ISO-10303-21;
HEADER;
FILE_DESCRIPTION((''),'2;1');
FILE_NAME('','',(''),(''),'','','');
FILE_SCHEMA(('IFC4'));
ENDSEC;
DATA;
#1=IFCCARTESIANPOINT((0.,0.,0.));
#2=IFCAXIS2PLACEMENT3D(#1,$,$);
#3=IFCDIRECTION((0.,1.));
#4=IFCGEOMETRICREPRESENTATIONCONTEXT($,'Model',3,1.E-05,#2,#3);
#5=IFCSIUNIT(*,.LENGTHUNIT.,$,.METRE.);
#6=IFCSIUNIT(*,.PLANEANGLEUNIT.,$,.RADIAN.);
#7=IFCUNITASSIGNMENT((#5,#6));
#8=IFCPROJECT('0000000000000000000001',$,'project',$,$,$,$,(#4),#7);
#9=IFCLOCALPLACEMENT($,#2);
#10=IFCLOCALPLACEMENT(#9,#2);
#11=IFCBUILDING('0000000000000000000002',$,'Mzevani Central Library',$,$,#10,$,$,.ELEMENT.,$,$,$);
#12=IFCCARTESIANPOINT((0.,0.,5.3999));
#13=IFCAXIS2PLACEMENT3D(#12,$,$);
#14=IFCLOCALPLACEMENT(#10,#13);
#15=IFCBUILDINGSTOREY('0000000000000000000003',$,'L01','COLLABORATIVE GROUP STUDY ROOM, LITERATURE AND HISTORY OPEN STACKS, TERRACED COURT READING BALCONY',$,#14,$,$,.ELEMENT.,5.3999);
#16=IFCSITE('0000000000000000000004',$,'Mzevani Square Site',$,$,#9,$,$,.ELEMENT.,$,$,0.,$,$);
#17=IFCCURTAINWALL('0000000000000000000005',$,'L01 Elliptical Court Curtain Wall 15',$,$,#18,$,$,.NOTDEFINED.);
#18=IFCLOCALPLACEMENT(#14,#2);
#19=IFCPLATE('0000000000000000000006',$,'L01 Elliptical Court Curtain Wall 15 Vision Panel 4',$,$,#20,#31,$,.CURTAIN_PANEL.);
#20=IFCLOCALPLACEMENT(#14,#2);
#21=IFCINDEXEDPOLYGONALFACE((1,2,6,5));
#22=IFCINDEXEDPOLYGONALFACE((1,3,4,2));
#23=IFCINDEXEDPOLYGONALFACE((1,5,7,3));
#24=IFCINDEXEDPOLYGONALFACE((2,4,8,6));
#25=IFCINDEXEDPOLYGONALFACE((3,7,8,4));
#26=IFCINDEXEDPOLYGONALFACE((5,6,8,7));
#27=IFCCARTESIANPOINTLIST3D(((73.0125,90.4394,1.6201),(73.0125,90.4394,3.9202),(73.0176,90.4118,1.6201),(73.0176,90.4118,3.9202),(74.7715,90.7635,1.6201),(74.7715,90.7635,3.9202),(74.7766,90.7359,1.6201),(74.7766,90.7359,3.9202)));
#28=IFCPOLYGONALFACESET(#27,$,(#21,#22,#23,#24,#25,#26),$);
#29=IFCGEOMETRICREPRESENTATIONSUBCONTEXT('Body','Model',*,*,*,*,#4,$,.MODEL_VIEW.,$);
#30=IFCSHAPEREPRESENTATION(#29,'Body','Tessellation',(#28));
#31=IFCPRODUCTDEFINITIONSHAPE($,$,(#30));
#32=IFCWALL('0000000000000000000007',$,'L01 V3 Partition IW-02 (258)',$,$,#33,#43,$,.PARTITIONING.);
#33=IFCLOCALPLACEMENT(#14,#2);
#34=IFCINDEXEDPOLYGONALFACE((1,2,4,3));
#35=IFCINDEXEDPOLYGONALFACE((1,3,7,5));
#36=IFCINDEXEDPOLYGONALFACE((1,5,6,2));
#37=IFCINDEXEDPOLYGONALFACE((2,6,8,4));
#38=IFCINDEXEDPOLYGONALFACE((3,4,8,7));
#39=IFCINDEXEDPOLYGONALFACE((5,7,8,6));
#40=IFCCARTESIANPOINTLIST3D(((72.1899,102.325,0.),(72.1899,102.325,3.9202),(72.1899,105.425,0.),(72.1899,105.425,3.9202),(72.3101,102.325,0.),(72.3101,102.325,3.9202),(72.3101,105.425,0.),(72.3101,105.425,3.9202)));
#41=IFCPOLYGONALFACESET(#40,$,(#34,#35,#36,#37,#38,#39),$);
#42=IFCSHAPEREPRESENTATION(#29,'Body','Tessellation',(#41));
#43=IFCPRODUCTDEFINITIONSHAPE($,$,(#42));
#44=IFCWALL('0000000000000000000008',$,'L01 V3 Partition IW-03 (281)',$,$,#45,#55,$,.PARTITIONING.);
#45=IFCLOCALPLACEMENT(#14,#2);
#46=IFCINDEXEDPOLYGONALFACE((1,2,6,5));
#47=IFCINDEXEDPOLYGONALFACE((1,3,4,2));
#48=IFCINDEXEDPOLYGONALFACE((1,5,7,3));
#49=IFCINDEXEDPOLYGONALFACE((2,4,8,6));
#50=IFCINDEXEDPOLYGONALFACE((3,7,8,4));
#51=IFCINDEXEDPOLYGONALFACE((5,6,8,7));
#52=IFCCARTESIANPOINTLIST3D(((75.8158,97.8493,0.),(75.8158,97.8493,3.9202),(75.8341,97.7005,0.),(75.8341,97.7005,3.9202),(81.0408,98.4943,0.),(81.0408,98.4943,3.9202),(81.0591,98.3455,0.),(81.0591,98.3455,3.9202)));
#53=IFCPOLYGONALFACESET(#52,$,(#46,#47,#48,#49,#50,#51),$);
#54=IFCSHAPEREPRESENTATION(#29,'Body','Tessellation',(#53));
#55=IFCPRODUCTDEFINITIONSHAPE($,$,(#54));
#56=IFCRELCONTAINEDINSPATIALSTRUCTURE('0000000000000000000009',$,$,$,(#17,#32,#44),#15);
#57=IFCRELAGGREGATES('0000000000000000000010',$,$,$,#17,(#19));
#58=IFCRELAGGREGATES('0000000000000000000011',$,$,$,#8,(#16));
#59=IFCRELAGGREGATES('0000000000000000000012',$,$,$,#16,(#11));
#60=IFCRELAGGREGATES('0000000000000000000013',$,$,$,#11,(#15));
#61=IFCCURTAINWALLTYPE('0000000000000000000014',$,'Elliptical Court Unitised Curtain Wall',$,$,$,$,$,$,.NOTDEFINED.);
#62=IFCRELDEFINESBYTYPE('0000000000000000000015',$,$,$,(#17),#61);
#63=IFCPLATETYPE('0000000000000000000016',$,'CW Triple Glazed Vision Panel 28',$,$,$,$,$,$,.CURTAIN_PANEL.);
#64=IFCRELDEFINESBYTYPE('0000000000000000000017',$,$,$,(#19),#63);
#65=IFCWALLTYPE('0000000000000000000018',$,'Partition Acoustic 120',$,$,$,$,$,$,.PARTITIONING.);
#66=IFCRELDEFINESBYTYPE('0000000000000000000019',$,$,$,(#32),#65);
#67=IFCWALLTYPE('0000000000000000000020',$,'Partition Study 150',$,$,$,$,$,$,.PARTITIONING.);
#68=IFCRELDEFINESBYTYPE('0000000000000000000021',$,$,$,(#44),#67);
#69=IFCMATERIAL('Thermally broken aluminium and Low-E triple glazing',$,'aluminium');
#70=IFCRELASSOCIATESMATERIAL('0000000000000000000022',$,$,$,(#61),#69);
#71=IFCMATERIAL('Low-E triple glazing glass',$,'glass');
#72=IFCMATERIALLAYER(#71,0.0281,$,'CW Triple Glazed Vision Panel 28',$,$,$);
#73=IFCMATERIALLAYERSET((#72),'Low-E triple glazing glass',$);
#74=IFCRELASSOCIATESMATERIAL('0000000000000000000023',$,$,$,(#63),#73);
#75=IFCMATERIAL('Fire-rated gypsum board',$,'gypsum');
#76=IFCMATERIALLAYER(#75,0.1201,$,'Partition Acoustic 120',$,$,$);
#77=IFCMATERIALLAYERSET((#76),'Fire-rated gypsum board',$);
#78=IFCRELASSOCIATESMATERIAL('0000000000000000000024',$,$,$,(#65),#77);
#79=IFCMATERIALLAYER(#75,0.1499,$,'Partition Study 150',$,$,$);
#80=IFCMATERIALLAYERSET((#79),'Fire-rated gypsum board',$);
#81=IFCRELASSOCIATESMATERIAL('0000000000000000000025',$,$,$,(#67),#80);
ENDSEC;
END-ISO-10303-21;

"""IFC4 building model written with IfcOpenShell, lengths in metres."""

from ifc_helpers import new_model, si_unit, direction, frame, frame_2d, origin, origin_2d, place, context, subcontext, project, spatial, rectangle, extrude, material, layer, layer_set, type_object, element, aggregate, save


model = new_model("IFC4")

# Units and contexts
model_context = context("Model", 3, precision=1e-05, world=origin(), true_north=direction((0.0, 1.0)))
body_context = subcontext(model_context, "Body", "Model", "MODEL_VIEW")
ifc_project = project(units=[si_unit("LENGTHUNIT", "METRE"), si_unit("PLANEANGLEUNIT", "RADIAN")], contexts=[model_context])

# Site, building, storey
site_placement = place(None, origin())
site = spatial("IfcSite", under=ifc_project, at=site_placement, Name="Mzevani Square Site", CompositionType="ELEMENT", RefElevation=0.0)
building_placement = place(site_placement, origin())
building = spatial("IfcBuilding", under=site, at=building_placement, Name="Mzevani Central Library", CompositionType="ELEMENT")
storey_placement = place(building_placement, frame((0.0, 0.0, 5.3999)))
storey = spatial("IfcBuildingStorey", under=building, at=storey_placement, Name="L01", Description="COLLABORATIVE GROUP STUDY ROOM, LITERATURE AND HISTORY OPEN STACKS, TERRACED COURT READING BALCONY", CompositionType="ELEMENT", Elevation=5.3999)

# Curtain wall, plate
ifc_material_1 = material(Name="Thermally broken aluminium and Low-E triple glazing", Category="aluminium")
curtain_wall_type = type_object("IfcCurtainWallType", Name="Elliptical Court Unitised Curtain Wall", PredefinedType="NOTDEFINED", material=ifc_material_1)
curtain_wall_placement = place(storey_placement, origin())
curtain_wall = element("IfcCurtainWall", 1, at=curtain_wall_placement, inside=storey, type_object=curtain_wall_type, Name="L01 Elliptical Court Curtain Wall 15", PredefinedType="NOTDEFINED")
ifc_material_2 = material(Name="Low-E triple glazing glass", Category="glass")
ifc_layer_1 = layer(ifc_material_2, 0.0281, Name="CW Triple Glazed Vision Panel 28")
ifc_layer_set_1 = layer_set([ifc_layer_1], Name="Low-E triple glazing glass")
plate_type_1 = type_object("IfcPlateType", Name="CW Triple Glazed Vision Panel 28", PredefinedType="CURTAIN_PANEL", material=ifc_layer_set_1)
plate_1_placement = place(storey_placement, frame((73.8945, 90.5876, 1.6201), z_axis=(0.0, 0.0, 1.0), x_axis=(-0.983449, -0.181185, 0.0)))
plate_1 = element("IfcPlate", 2, at=plate_1_placement, type_object=plate_type_1, Name="L01 Elliptical Court Curtain Wall 15 Vision Panel 4", PredefinedType="CURTAIN_PANEL", context=body_context, shape_type="SweptSolid", body=[
    extrude(rectangle(XDim=1.7886, YDim=0.0281, at=origin_2d()), origin(), (0.0, 0.0, 1.0), 2.3),
])
aggregate(curtain_wall, [plate_1])

# Shared definitions
ifc_material_3 = material(Name="Fire-rated gypsum board", Category="gypsum")
ifc_layer_2 = layer(ifc_material_3, 0.1201, Name="Partition Acoustic 120")
ifc_layer_set_2 = layer_set([ifc_layer_2], Name="Fire-rated gypsum board")
wall_type_1 = type_object("IfcWallType", Name="Partition Acoustic 120", PredefinedType="PARTITIONING", material=ifc_layer_set_2)

# Walls
wall_1_placement = place(storey_placement, frame((72.25, 102.325, 0.0), z_axis=(0.0, 0.0, 1.0), x_axis=(0.0, 1.0, 0.0)))
element("IfcWall", 3, at=wall_1_placement, inside=storey, type_object=wall_type_1, Name="L01 V3 Partition IW-02 (258)", PredefinedType="PARTITIONING", context=body_context, shape_type="SweptSolid", body=[
    extrude(rectangle(XDim=3.1001, YDim=0.1201, at=frame_2d((1.55, 0.0))), origin(), (0.0, 0.0, 1.0), 3.9202),
])
ifc_layer_3 = layer(ifc_material_3, 0.1499, Name="Partition Study 150")
ifc_layer_set_3 = layer_set([ifc_layer_3], Name="Fire-rated gypsum board")
wall_type_2 = type_object("IfcWallType", Name="Partition Study 150", PredefinedType="PARTITIONING", material=ifc_layer_set_3)
wall_2_placement = place(storey_placement, frame((75.825, 97.7749, 0.0), z_axis=(0.0, 0.0, 1.0), x_axis=(0.992466, 0.122516, 0.0)))
element("IfcWall", 4, at=wall_2_placement, inside=storey, type_object=wall_type_2, Name="L01 V3 Partition IW-03 (281)", PredefinedType="PARTITIONING", context=body_context, shape_type="SweptSolid", body=[
    extrude(rectangle(XDim=5.2646, YDim=0.1499, at=frame_2d((2.6323, 0.0))), origin(), (0.0, 0.0, 1.0), 3.9202),
])

save(model, "model.ifc")
